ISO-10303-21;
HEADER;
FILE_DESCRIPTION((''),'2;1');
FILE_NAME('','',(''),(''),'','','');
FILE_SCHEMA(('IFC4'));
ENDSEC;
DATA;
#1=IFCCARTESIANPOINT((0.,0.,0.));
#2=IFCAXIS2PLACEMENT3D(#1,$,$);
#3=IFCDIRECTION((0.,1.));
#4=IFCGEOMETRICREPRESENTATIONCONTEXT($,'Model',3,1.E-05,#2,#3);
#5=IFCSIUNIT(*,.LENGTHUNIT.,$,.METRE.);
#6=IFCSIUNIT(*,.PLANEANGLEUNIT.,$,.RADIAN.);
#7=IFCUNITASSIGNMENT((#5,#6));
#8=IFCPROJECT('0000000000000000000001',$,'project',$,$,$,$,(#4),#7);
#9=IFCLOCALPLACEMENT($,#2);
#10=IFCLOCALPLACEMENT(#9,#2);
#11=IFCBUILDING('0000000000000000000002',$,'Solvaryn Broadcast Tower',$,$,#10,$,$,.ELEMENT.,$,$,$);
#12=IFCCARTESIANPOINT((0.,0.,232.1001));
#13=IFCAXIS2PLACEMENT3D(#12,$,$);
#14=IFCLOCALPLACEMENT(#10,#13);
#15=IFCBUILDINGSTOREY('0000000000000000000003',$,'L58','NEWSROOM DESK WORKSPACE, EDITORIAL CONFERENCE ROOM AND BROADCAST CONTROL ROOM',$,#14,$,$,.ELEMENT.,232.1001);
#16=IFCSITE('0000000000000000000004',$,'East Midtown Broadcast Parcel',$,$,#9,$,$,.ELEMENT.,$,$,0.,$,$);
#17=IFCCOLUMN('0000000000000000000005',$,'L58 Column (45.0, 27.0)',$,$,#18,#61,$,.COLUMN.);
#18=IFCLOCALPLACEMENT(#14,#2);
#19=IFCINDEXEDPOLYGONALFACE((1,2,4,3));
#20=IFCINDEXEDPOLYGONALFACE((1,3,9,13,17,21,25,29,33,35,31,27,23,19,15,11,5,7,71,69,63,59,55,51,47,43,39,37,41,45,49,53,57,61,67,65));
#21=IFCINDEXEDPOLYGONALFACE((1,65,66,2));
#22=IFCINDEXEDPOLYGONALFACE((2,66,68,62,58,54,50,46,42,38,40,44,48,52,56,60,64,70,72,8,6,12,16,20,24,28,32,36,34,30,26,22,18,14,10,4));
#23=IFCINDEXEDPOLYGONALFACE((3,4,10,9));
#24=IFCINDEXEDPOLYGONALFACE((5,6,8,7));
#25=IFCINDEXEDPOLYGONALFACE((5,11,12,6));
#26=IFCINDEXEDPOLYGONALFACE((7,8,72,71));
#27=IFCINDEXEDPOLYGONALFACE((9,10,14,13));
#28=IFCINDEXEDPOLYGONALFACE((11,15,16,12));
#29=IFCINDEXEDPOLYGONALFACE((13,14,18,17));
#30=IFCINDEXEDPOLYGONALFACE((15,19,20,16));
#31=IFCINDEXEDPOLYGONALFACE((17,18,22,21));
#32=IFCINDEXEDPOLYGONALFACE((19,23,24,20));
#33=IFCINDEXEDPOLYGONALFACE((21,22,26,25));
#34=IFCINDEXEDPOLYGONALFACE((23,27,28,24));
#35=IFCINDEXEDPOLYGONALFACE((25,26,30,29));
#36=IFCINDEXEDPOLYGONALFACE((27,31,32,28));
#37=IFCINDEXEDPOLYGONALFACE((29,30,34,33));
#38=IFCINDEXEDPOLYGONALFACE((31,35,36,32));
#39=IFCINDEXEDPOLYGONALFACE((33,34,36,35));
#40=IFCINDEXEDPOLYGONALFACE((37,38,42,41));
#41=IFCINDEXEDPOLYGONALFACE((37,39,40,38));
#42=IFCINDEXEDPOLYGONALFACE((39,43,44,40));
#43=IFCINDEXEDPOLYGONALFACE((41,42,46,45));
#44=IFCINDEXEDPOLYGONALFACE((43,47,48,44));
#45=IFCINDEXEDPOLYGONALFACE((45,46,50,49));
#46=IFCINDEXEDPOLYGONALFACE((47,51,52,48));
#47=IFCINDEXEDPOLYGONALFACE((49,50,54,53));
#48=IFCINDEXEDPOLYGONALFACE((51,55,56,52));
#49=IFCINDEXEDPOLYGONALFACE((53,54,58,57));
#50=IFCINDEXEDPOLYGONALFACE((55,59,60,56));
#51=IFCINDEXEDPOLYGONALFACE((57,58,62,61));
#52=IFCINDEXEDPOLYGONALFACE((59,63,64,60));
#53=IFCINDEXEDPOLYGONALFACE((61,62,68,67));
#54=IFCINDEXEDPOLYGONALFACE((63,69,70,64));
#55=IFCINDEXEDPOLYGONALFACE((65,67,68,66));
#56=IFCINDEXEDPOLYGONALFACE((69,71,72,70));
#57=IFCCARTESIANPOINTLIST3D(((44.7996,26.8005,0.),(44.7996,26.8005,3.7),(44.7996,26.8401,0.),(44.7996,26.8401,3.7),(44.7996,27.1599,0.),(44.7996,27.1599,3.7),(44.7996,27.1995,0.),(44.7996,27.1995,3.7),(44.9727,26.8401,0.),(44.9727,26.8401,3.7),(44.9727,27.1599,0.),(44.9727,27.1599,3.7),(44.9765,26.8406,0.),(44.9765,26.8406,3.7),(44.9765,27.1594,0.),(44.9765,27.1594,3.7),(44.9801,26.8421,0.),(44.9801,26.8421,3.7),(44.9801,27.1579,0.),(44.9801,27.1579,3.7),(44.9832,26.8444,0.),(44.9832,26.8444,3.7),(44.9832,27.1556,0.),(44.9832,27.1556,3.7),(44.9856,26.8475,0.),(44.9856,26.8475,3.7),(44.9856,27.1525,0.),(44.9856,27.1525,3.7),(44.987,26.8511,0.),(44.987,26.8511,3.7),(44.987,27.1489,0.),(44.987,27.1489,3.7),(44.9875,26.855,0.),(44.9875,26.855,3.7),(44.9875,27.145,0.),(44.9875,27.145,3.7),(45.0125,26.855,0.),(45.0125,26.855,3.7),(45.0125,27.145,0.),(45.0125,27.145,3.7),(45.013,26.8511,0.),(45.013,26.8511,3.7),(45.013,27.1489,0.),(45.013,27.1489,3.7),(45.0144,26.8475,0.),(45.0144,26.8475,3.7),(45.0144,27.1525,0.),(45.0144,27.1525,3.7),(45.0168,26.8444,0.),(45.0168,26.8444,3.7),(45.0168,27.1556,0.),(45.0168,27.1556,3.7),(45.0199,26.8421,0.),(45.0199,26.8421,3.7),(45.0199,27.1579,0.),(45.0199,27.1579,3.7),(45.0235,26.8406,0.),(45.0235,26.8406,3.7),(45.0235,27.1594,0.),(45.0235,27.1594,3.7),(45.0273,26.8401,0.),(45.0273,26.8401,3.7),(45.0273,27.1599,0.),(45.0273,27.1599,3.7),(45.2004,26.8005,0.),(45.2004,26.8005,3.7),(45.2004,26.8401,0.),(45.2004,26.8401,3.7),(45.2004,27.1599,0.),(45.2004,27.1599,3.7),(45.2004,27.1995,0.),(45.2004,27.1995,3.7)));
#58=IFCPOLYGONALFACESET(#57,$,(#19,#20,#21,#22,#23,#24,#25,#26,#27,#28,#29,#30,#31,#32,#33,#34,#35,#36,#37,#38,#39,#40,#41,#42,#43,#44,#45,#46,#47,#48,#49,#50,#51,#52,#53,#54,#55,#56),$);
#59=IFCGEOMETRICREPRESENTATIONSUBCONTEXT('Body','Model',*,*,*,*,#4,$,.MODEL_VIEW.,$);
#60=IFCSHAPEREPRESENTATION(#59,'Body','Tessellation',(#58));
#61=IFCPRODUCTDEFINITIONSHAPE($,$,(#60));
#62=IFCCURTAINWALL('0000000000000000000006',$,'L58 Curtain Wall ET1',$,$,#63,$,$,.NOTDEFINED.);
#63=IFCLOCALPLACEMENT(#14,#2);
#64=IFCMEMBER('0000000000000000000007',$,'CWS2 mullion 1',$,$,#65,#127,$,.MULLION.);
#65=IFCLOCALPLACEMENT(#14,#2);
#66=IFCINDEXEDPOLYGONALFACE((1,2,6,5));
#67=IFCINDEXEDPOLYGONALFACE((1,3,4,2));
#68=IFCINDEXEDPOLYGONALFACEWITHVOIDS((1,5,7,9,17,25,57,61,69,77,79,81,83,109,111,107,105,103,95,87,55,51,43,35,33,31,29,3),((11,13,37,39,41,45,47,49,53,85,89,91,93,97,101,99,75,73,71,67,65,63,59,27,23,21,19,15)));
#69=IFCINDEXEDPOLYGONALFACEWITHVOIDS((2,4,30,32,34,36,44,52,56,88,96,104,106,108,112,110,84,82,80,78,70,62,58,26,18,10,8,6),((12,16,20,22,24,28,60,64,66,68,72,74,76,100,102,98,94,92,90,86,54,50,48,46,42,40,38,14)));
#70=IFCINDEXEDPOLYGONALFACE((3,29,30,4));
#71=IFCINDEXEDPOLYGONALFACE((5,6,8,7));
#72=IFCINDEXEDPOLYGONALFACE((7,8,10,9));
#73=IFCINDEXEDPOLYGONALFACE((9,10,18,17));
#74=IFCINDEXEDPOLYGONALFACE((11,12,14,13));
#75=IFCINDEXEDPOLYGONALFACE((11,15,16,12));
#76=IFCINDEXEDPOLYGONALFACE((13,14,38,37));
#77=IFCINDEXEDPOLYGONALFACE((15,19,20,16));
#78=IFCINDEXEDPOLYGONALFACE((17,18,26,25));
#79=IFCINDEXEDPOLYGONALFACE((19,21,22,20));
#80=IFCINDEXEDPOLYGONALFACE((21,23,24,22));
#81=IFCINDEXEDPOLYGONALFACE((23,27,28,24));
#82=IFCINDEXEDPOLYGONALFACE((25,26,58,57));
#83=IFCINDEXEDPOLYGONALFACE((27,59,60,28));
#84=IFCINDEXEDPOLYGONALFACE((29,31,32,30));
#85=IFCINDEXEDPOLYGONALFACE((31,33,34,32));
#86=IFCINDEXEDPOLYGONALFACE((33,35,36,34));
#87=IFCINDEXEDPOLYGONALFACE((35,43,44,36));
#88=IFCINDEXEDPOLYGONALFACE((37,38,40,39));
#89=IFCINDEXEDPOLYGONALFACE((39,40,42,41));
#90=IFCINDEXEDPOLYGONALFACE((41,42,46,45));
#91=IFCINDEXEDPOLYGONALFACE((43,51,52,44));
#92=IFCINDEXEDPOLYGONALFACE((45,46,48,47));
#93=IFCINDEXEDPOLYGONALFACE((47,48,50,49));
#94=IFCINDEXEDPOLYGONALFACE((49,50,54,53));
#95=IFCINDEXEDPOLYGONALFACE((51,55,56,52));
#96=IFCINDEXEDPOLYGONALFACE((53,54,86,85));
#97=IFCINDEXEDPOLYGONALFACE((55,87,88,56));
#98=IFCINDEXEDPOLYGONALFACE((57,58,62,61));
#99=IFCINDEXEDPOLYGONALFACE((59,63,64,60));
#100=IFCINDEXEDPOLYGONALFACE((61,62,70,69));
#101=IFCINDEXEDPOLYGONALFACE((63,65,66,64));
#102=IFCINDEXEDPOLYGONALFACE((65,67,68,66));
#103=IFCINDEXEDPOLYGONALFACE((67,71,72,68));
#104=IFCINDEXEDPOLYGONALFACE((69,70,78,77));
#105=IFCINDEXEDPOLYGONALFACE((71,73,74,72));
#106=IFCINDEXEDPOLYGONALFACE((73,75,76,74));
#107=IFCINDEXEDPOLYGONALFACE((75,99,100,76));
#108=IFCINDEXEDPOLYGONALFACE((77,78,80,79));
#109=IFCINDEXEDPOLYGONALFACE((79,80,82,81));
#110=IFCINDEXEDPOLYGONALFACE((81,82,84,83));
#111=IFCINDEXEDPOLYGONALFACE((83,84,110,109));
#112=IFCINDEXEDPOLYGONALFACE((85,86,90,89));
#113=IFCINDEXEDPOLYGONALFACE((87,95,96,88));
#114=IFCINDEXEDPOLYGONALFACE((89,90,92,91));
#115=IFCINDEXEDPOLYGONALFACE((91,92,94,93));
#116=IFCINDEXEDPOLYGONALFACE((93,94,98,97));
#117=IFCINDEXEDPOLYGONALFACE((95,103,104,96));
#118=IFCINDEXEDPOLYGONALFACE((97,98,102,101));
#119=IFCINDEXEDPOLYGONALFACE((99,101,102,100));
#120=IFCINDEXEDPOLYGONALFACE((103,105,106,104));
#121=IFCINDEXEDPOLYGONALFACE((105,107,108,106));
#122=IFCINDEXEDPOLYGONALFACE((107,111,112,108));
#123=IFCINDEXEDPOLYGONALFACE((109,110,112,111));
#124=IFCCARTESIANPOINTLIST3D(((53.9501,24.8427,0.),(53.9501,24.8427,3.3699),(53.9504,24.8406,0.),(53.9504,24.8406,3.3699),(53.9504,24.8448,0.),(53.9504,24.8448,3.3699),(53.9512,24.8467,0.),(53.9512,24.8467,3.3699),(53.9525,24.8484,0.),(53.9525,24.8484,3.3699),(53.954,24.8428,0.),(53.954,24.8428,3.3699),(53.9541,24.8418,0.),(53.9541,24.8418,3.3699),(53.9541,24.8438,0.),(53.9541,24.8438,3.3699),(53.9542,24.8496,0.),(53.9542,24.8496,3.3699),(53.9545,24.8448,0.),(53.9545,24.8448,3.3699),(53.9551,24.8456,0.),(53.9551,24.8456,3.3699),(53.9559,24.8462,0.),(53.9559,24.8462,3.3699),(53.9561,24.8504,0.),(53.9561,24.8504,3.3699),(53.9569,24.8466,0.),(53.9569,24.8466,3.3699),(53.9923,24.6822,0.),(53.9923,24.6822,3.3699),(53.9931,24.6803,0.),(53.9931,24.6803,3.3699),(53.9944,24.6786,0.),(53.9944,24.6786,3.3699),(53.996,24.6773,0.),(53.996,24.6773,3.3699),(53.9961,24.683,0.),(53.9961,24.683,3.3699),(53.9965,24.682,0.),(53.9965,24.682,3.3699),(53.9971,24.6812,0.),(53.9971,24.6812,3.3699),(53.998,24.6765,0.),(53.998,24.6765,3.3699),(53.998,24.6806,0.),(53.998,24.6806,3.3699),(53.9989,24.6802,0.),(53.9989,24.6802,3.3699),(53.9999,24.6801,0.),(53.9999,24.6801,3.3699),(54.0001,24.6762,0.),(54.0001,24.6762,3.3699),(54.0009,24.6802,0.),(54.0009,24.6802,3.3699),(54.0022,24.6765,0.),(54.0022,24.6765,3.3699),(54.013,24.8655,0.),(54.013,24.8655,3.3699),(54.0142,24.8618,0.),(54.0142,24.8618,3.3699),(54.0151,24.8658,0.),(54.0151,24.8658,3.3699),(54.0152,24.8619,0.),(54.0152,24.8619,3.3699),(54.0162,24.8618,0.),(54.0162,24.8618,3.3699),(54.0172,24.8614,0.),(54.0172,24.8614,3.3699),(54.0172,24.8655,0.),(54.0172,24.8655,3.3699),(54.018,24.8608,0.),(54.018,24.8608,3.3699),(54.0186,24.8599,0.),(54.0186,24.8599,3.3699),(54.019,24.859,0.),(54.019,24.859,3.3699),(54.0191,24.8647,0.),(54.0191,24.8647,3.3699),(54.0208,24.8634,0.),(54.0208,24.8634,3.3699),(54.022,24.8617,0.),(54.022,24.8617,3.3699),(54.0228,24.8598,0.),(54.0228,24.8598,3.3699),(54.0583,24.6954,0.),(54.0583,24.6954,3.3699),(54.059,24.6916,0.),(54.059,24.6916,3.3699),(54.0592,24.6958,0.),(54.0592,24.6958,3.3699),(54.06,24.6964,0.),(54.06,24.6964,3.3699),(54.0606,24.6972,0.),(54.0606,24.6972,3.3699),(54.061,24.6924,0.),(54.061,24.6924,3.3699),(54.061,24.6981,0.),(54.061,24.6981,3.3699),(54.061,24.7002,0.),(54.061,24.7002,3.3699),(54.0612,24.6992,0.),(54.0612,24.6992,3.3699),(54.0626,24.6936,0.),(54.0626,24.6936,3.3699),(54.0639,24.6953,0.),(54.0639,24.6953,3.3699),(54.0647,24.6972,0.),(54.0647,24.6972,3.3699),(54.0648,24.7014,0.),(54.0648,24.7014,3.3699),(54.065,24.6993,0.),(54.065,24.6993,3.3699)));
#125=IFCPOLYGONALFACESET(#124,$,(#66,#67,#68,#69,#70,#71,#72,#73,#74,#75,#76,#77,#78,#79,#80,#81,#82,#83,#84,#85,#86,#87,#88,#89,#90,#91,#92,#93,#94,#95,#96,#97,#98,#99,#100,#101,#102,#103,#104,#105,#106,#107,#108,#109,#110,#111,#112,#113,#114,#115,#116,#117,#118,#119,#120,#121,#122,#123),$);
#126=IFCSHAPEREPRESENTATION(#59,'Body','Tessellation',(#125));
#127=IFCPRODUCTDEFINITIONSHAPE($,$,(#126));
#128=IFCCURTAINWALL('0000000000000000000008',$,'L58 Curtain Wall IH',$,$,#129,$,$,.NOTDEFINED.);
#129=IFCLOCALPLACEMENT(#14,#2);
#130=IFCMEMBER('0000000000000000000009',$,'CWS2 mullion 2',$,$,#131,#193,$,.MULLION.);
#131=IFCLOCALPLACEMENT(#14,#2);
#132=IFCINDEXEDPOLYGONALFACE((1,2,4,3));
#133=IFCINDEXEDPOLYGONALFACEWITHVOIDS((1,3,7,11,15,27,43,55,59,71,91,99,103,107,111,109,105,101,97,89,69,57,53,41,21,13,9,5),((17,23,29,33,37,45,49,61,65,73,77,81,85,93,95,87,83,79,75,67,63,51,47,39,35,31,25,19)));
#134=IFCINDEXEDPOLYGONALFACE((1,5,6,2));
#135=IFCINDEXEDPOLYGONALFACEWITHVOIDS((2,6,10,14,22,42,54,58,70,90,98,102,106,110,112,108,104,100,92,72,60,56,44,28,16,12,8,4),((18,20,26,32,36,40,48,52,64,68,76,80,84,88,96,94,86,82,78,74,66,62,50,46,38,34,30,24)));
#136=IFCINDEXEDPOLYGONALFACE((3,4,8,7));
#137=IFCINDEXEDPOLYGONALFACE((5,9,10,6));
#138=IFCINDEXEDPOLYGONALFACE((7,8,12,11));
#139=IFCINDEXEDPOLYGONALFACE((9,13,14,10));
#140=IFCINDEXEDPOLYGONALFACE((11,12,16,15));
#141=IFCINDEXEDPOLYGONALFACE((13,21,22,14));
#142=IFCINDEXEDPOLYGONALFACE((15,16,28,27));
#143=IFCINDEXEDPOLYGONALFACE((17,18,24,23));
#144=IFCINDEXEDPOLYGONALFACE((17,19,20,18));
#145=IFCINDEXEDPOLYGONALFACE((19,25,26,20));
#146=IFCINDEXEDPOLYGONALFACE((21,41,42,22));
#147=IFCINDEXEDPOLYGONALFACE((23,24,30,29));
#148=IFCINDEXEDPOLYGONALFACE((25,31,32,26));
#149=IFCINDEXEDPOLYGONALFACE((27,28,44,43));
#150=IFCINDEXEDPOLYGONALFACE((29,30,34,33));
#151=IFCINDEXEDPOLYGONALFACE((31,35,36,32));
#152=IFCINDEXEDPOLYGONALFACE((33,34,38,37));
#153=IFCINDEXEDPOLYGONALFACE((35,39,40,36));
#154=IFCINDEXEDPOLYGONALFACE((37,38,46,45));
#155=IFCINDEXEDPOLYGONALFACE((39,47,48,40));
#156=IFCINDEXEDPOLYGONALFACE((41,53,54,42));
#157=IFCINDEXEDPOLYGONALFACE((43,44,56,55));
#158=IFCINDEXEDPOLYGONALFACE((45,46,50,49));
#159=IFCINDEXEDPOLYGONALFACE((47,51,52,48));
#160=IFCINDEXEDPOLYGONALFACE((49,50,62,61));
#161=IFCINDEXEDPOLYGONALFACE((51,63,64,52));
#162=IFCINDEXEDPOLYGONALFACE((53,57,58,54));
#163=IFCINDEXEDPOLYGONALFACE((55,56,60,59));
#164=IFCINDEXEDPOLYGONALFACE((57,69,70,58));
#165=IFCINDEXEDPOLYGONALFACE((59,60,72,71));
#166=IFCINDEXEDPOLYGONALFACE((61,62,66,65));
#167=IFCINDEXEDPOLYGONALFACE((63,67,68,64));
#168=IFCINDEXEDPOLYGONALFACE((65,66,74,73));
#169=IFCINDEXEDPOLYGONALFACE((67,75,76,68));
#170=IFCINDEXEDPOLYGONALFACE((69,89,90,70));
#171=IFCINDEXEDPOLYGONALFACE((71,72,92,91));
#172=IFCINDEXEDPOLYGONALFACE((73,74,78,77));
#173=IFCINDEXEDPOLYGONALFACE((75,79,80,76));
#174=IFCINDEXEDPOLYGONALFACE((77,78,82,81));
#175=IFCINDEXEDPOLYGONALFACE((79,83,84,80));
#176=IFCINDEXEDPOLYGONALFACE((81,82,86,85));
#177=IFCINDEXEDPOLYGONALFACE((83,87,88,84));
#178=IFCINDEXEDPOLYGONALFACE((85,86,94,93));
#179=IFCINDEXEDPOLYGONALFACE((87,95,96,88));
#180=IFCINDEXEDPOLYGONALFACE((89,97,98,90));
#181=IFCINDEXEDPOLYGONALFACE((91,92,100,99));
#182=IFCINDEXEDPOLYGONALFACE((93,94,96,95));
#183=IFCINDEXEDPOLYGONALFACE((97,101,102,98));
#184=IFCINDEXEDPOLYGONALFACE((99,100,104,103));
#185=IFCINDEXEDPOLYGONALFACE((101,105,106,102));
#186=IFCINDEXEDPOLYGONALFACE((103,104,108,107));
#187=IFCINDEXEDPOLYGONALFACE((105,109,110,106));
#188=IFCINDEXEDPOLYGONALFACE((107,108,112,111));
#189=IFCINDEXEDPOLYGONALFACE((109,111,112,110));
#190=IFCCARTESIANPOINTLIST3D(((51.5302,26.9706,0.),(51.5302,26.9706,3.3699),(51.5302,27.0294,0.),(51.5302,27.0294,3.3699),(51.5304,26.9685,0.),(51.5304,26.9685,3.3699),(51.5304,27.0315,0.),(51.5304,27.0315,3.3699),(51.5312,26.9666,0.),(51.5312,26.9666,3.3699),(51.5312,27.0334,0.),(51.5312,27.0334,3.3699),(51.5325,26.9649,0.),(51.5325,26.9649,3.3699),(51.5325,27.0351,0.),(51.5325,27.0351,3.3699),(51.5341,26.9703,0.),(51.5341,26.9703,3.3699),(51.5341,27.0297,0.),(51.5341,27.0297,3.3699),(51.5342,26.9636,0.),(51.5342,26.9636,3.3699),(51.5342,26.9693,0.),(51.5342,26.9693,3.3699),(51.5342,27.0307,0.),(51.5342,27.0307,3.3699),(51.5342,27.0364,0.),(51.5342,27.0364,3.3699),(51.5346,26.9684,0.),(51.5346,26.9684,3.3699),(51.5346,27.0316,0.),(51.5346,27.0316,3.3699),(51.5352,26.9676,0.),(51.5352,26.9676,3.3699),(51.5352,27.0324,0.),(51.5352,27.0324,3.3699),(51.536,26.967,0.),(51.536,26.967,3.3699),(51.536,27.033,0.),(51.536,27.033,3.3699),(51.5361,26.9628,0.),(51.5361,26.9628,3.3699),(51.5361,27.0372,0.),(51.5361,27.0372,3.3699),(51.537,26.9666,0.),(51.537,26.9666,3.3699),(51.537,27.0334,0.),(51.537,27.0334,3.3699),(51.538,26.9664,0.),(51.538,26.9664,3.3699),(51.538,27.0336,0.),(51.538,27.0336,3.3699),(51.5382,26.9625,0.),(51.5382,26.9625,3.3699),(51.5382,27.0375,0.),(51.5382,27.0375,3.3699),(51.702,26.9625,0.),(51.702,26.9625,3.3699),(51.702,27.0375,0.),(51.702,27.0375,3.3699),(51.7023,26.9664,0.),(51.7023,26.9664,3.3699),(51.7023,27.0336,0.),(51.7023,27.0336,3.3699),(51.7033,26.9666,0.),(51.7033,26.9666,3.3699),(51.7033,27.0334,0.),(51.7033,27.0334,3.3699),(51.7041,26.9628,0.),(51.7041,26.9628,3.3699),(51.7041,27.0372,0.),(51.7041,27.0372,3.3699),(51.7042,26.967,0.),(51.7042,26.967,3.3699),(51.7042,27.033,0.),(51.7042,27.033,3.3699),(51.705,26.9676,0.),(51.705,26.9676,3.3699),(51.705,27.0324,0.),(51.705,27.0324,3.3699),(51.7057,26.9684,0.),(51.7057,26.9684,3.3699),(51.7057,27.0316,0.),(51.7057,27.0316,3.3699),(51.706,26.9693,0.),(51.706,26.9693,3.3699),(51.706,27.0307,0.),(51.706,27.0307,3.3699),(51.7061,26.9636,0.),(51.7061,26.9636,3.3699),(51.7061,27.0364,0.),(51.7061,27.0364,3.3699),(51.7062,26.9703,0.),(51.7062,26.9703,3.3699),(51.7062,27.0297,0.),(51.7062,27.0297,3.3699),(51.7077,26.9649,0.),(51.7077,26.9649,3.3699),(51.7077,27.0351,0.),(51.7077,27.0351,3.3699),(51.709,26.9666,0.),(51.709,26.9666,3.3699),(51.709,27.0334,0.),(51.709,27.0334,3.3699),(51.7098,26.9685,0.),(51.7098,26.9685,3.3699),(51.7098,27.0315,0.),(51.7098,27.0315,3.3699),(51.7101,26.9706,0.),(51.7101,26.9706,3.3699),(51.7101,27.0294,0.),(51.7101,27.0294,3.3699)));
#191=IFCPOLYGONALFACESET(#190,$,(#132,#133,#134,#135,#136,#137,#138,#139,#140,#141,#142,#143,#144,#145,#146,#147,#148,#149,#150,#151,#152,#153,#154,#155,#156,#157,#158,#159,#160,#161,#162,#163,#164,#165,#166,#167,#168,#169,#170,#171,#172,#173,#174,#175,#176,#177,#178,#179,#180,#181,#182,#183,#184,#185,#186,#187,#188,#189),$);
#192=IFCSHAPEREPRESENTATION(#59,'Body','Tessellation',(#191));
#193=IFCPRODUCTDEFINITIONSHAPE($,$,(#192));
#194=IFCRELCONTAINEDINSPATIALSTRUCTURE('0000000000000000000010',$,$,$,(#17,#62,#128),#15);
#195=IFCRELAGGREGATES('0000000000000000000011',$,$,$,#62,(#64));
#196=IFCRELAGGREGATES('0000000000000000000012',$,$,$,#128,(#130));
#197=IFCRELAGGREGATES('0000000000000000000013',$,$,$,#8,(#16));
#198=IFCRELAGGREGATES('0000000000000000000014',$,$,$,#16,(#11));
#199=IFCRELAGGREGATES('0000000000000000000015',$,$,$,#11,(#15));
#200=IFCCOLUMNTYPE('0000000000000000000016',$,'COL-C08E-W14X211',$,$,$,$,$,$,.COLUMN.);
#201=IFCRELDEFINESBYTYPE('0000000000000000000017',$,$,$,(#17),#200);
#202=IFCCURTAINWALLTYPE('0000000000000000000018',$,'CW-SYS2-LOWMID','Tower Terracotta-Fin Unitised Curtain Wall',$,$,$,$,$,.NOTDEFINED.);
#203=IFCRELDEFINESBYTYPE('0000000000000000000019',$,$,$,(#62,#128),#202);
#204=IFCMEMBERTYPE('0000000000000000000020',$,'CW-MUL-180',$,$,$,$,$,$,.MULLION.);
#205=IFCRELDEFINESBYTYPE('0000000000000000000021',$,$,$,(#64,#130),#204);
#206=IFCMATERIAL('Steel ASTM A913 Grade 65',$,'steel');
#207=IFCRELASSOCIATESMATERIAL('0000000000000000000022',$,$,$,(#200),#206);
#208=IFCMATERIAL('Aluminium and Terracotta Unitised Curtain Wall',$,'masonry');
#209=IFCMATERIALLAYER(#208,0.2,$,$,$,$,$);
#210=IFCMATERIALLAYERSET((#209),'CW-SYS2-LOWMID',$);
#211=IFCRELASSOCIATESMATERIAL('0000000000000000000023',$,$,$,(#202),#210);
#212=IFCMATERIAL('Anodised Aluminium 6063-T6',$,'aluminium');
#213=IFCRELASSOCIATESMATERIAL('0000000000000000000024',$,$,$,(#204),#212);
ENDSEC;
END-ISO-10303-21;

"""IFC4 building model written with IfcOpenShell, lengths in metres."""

from ifc_helpers import new_model, si_unit, direction, frame, origin, origin_2d, place, context, subcontext, project, spatial, hollow_rectangle, i_section, extrude, material, layer, layer_set, material_profile, profile_set, type_object, element, aggregate, save


model = new_model("IFC4")

# Units and contexts
model_context = context("Model", 3, precision=1e-05, world=origin(), true_north=direction((0.0, 1.0)))
body_context = subcontext(model_context, "Body", "Model", "MODEL_VIEW")
ifc_project = project(units=[si_unit("LENGTHUNIT", "METRE"), si_unit("PLANEANGLEUNIT", "RADIAN")], contexts=[model_context])

# Site, building, storey
site_placement = place(None, origin())
site = spatial("IfcSite", under=ifc_project, at=site_placement, Name="East Midtown Broadcast Parcel", CompositionType="ELEMENT", RefElevation=0.0)
building_placement = place(site_placement, origin())
building = spatial("IfcBuilding", under=site, at=building_placement, Name="Solvaryn Broadcast Tower", CompositionType="ELEMENT")
storey_placement = place(building_placement, frame((0.0, 0.0, 232.1001)))
storey = spatial("IfcBuildingStorey", under=building, at=storey_placement, Name="L58", Description="NEWSROOM DESK WORKSPACE, EDITORIAL CONFERENCE ROOM AND BROADCAST CONTROL ROOM", CompositionType="ELEMENT", Elevation=232.1001)

# Column
ifc_material_1 = material(Name="Steel ASTM A913 Grade 65", Category="steel")
ifc_material_profile_1 = material_profile(ifc_material_1, i_section(OverallWidth=0.4009, OverallDepth=0.3989, WebThickness=0.0249, FlangeThickness=0.0396, FilletRadius=0.0149, at=origin_2d()))
ifc_profile_set_1 = profile_set([ifc_material_profile_1], Name="Steel ASTM A913 Grade 65")
column_type = type_object("IfcColumnType", Name="COL-C08E-W14X211", PredefinedType="COLUMN", material=ifc_profile_set_1)
column_placement = place(storey_placement, frame((45.0, 27.0, 0.0), z_axis=(0.0, 0.0, 1.0), x_axis=(1.0, 0.0, 0.0)))
element("IfcColumn", 1, at=column_placement, inside=storey, type_object=column_type, Name="L58 Column (45.0, 27.0)", PredefinedType="COLUMN", context=body_context, shape_type="SweptSolid", body=[
    extrude(i_section(OverallWidth=0.4009, OverallDepth=0.3989, WebThickness=0.0249, FlangeThickness=0.0396, FilletRadius=0.0149, at=origin_2d()), origin(), (0.0, 0.0, 1.0), 3.7),
])

# Curtain walls, members
ifc_material_2 = material(Name="Aluminium and Terracotta Unitised Curtain Wall", Category="masonry")
ifc_layer_1 = layer(ifc_material_2, 0.2)
ifc_layer_set_1 = layer_set([ifc_layer_1], Name="CW-SYS2-LOWMID")
curtain_wall_type = type_object("IfcCurtainWallType", Name="CW-SYS2-LOWMID", Description="Tower Terracotta-Fin Unitised Curtain Wall", PredefinedType="NOTDEFINED", material=ifc_layer_set_1)
curtain_wall_1_placement = place(storey_placement, origin())
curtain_wall_1 = element("IfcCurtainWall", 2, at=curtain_wall_1_placement, inside=storey, type_object=curtain_wall_type, Name="L58 Curtain Wall ET1", PredefinedType="NOTDEFINED")
ifc_material_3 = material(Name="Anodised Aluminium 6063-T6", Category="aluminium")
ifc_material_profile_2 = material_profile(ifc_material_3, hollow_rectangle(XDim=0.075, YDim=0.1799, WallThickness=0.0039, InnerFilletRadius=0.0039, OuterFilletRadius=0.0081, at=origin_2d()))
ifc_profile_set_2 = profile_set([ifc_material_profile_2], Name="Anodised Aluminium 6063-T6")
member_type_1 = type_object("IfcMemberType", Name="CW-MUL-180", PredefinedType="MULLION", material=ifc_profile_set_2)
member_1_placement = place(storey_placement, frame((54.0076, 24.771, 0.0), z_axis=(0.0, 0.0, 1.0), x_axis=(0.966705, 0.255893, 0.0)))
member_1 = element("IfcMember", 3, at=member_1_placement, type_object=member_type_1, Name="CWS2 mullion 1", PredefinedType="MULLION", context=body_context, shape_type="SweptSolid", body=[
    extrude(hollow_rectangle(XDim=0.075, YDim=0.1799, WallThickness=0.0039, InnerFilletRadius=0.0039, OuterFilletRadius=0.0081, at=origin_2d()), origin(), (0.0, 0.0, 1.0), 3.3699),
])
curtain_wall_2_placement = place(storey_placement, origin())
curtain_wall_2 = element("IfcCurtainWall", 4, at=curtain_wall_2_placement, inside=storey, type_object=curtain_wall_type, Name="L58 Curtain Wall IH", PredefinedType="NOTDEFINED")
member_2_placement = place(storey_placement, frame((51.6201, 27.0, 0.0), z_axis=(0.0, 0.0, 1.0), x_axis=(0.0, 1.0, 0.0)))
member_2 = element("IfcMember", 5, at=member_2_placement, type_object=member_type_1, Name="CWS2 mullion 2", PredefinedType="MULLION", context=body_context, shape_type="SweptSolid", body=[
    extrude(hollow_rectangle(XDim=0.075, YDim=0.1799, WallThickness=0.0039, InnerFilletRadius=0.0039, OuterFilletRadius=0.0081, at=origin_2d()), origin(), (0.0, 0.0, 1.0), 3.3699),
])

aggregate(curtain_wall_1, [member_1])
aggregate(curtain_wall_2, [member_2])

save(model, "model.ifc")
